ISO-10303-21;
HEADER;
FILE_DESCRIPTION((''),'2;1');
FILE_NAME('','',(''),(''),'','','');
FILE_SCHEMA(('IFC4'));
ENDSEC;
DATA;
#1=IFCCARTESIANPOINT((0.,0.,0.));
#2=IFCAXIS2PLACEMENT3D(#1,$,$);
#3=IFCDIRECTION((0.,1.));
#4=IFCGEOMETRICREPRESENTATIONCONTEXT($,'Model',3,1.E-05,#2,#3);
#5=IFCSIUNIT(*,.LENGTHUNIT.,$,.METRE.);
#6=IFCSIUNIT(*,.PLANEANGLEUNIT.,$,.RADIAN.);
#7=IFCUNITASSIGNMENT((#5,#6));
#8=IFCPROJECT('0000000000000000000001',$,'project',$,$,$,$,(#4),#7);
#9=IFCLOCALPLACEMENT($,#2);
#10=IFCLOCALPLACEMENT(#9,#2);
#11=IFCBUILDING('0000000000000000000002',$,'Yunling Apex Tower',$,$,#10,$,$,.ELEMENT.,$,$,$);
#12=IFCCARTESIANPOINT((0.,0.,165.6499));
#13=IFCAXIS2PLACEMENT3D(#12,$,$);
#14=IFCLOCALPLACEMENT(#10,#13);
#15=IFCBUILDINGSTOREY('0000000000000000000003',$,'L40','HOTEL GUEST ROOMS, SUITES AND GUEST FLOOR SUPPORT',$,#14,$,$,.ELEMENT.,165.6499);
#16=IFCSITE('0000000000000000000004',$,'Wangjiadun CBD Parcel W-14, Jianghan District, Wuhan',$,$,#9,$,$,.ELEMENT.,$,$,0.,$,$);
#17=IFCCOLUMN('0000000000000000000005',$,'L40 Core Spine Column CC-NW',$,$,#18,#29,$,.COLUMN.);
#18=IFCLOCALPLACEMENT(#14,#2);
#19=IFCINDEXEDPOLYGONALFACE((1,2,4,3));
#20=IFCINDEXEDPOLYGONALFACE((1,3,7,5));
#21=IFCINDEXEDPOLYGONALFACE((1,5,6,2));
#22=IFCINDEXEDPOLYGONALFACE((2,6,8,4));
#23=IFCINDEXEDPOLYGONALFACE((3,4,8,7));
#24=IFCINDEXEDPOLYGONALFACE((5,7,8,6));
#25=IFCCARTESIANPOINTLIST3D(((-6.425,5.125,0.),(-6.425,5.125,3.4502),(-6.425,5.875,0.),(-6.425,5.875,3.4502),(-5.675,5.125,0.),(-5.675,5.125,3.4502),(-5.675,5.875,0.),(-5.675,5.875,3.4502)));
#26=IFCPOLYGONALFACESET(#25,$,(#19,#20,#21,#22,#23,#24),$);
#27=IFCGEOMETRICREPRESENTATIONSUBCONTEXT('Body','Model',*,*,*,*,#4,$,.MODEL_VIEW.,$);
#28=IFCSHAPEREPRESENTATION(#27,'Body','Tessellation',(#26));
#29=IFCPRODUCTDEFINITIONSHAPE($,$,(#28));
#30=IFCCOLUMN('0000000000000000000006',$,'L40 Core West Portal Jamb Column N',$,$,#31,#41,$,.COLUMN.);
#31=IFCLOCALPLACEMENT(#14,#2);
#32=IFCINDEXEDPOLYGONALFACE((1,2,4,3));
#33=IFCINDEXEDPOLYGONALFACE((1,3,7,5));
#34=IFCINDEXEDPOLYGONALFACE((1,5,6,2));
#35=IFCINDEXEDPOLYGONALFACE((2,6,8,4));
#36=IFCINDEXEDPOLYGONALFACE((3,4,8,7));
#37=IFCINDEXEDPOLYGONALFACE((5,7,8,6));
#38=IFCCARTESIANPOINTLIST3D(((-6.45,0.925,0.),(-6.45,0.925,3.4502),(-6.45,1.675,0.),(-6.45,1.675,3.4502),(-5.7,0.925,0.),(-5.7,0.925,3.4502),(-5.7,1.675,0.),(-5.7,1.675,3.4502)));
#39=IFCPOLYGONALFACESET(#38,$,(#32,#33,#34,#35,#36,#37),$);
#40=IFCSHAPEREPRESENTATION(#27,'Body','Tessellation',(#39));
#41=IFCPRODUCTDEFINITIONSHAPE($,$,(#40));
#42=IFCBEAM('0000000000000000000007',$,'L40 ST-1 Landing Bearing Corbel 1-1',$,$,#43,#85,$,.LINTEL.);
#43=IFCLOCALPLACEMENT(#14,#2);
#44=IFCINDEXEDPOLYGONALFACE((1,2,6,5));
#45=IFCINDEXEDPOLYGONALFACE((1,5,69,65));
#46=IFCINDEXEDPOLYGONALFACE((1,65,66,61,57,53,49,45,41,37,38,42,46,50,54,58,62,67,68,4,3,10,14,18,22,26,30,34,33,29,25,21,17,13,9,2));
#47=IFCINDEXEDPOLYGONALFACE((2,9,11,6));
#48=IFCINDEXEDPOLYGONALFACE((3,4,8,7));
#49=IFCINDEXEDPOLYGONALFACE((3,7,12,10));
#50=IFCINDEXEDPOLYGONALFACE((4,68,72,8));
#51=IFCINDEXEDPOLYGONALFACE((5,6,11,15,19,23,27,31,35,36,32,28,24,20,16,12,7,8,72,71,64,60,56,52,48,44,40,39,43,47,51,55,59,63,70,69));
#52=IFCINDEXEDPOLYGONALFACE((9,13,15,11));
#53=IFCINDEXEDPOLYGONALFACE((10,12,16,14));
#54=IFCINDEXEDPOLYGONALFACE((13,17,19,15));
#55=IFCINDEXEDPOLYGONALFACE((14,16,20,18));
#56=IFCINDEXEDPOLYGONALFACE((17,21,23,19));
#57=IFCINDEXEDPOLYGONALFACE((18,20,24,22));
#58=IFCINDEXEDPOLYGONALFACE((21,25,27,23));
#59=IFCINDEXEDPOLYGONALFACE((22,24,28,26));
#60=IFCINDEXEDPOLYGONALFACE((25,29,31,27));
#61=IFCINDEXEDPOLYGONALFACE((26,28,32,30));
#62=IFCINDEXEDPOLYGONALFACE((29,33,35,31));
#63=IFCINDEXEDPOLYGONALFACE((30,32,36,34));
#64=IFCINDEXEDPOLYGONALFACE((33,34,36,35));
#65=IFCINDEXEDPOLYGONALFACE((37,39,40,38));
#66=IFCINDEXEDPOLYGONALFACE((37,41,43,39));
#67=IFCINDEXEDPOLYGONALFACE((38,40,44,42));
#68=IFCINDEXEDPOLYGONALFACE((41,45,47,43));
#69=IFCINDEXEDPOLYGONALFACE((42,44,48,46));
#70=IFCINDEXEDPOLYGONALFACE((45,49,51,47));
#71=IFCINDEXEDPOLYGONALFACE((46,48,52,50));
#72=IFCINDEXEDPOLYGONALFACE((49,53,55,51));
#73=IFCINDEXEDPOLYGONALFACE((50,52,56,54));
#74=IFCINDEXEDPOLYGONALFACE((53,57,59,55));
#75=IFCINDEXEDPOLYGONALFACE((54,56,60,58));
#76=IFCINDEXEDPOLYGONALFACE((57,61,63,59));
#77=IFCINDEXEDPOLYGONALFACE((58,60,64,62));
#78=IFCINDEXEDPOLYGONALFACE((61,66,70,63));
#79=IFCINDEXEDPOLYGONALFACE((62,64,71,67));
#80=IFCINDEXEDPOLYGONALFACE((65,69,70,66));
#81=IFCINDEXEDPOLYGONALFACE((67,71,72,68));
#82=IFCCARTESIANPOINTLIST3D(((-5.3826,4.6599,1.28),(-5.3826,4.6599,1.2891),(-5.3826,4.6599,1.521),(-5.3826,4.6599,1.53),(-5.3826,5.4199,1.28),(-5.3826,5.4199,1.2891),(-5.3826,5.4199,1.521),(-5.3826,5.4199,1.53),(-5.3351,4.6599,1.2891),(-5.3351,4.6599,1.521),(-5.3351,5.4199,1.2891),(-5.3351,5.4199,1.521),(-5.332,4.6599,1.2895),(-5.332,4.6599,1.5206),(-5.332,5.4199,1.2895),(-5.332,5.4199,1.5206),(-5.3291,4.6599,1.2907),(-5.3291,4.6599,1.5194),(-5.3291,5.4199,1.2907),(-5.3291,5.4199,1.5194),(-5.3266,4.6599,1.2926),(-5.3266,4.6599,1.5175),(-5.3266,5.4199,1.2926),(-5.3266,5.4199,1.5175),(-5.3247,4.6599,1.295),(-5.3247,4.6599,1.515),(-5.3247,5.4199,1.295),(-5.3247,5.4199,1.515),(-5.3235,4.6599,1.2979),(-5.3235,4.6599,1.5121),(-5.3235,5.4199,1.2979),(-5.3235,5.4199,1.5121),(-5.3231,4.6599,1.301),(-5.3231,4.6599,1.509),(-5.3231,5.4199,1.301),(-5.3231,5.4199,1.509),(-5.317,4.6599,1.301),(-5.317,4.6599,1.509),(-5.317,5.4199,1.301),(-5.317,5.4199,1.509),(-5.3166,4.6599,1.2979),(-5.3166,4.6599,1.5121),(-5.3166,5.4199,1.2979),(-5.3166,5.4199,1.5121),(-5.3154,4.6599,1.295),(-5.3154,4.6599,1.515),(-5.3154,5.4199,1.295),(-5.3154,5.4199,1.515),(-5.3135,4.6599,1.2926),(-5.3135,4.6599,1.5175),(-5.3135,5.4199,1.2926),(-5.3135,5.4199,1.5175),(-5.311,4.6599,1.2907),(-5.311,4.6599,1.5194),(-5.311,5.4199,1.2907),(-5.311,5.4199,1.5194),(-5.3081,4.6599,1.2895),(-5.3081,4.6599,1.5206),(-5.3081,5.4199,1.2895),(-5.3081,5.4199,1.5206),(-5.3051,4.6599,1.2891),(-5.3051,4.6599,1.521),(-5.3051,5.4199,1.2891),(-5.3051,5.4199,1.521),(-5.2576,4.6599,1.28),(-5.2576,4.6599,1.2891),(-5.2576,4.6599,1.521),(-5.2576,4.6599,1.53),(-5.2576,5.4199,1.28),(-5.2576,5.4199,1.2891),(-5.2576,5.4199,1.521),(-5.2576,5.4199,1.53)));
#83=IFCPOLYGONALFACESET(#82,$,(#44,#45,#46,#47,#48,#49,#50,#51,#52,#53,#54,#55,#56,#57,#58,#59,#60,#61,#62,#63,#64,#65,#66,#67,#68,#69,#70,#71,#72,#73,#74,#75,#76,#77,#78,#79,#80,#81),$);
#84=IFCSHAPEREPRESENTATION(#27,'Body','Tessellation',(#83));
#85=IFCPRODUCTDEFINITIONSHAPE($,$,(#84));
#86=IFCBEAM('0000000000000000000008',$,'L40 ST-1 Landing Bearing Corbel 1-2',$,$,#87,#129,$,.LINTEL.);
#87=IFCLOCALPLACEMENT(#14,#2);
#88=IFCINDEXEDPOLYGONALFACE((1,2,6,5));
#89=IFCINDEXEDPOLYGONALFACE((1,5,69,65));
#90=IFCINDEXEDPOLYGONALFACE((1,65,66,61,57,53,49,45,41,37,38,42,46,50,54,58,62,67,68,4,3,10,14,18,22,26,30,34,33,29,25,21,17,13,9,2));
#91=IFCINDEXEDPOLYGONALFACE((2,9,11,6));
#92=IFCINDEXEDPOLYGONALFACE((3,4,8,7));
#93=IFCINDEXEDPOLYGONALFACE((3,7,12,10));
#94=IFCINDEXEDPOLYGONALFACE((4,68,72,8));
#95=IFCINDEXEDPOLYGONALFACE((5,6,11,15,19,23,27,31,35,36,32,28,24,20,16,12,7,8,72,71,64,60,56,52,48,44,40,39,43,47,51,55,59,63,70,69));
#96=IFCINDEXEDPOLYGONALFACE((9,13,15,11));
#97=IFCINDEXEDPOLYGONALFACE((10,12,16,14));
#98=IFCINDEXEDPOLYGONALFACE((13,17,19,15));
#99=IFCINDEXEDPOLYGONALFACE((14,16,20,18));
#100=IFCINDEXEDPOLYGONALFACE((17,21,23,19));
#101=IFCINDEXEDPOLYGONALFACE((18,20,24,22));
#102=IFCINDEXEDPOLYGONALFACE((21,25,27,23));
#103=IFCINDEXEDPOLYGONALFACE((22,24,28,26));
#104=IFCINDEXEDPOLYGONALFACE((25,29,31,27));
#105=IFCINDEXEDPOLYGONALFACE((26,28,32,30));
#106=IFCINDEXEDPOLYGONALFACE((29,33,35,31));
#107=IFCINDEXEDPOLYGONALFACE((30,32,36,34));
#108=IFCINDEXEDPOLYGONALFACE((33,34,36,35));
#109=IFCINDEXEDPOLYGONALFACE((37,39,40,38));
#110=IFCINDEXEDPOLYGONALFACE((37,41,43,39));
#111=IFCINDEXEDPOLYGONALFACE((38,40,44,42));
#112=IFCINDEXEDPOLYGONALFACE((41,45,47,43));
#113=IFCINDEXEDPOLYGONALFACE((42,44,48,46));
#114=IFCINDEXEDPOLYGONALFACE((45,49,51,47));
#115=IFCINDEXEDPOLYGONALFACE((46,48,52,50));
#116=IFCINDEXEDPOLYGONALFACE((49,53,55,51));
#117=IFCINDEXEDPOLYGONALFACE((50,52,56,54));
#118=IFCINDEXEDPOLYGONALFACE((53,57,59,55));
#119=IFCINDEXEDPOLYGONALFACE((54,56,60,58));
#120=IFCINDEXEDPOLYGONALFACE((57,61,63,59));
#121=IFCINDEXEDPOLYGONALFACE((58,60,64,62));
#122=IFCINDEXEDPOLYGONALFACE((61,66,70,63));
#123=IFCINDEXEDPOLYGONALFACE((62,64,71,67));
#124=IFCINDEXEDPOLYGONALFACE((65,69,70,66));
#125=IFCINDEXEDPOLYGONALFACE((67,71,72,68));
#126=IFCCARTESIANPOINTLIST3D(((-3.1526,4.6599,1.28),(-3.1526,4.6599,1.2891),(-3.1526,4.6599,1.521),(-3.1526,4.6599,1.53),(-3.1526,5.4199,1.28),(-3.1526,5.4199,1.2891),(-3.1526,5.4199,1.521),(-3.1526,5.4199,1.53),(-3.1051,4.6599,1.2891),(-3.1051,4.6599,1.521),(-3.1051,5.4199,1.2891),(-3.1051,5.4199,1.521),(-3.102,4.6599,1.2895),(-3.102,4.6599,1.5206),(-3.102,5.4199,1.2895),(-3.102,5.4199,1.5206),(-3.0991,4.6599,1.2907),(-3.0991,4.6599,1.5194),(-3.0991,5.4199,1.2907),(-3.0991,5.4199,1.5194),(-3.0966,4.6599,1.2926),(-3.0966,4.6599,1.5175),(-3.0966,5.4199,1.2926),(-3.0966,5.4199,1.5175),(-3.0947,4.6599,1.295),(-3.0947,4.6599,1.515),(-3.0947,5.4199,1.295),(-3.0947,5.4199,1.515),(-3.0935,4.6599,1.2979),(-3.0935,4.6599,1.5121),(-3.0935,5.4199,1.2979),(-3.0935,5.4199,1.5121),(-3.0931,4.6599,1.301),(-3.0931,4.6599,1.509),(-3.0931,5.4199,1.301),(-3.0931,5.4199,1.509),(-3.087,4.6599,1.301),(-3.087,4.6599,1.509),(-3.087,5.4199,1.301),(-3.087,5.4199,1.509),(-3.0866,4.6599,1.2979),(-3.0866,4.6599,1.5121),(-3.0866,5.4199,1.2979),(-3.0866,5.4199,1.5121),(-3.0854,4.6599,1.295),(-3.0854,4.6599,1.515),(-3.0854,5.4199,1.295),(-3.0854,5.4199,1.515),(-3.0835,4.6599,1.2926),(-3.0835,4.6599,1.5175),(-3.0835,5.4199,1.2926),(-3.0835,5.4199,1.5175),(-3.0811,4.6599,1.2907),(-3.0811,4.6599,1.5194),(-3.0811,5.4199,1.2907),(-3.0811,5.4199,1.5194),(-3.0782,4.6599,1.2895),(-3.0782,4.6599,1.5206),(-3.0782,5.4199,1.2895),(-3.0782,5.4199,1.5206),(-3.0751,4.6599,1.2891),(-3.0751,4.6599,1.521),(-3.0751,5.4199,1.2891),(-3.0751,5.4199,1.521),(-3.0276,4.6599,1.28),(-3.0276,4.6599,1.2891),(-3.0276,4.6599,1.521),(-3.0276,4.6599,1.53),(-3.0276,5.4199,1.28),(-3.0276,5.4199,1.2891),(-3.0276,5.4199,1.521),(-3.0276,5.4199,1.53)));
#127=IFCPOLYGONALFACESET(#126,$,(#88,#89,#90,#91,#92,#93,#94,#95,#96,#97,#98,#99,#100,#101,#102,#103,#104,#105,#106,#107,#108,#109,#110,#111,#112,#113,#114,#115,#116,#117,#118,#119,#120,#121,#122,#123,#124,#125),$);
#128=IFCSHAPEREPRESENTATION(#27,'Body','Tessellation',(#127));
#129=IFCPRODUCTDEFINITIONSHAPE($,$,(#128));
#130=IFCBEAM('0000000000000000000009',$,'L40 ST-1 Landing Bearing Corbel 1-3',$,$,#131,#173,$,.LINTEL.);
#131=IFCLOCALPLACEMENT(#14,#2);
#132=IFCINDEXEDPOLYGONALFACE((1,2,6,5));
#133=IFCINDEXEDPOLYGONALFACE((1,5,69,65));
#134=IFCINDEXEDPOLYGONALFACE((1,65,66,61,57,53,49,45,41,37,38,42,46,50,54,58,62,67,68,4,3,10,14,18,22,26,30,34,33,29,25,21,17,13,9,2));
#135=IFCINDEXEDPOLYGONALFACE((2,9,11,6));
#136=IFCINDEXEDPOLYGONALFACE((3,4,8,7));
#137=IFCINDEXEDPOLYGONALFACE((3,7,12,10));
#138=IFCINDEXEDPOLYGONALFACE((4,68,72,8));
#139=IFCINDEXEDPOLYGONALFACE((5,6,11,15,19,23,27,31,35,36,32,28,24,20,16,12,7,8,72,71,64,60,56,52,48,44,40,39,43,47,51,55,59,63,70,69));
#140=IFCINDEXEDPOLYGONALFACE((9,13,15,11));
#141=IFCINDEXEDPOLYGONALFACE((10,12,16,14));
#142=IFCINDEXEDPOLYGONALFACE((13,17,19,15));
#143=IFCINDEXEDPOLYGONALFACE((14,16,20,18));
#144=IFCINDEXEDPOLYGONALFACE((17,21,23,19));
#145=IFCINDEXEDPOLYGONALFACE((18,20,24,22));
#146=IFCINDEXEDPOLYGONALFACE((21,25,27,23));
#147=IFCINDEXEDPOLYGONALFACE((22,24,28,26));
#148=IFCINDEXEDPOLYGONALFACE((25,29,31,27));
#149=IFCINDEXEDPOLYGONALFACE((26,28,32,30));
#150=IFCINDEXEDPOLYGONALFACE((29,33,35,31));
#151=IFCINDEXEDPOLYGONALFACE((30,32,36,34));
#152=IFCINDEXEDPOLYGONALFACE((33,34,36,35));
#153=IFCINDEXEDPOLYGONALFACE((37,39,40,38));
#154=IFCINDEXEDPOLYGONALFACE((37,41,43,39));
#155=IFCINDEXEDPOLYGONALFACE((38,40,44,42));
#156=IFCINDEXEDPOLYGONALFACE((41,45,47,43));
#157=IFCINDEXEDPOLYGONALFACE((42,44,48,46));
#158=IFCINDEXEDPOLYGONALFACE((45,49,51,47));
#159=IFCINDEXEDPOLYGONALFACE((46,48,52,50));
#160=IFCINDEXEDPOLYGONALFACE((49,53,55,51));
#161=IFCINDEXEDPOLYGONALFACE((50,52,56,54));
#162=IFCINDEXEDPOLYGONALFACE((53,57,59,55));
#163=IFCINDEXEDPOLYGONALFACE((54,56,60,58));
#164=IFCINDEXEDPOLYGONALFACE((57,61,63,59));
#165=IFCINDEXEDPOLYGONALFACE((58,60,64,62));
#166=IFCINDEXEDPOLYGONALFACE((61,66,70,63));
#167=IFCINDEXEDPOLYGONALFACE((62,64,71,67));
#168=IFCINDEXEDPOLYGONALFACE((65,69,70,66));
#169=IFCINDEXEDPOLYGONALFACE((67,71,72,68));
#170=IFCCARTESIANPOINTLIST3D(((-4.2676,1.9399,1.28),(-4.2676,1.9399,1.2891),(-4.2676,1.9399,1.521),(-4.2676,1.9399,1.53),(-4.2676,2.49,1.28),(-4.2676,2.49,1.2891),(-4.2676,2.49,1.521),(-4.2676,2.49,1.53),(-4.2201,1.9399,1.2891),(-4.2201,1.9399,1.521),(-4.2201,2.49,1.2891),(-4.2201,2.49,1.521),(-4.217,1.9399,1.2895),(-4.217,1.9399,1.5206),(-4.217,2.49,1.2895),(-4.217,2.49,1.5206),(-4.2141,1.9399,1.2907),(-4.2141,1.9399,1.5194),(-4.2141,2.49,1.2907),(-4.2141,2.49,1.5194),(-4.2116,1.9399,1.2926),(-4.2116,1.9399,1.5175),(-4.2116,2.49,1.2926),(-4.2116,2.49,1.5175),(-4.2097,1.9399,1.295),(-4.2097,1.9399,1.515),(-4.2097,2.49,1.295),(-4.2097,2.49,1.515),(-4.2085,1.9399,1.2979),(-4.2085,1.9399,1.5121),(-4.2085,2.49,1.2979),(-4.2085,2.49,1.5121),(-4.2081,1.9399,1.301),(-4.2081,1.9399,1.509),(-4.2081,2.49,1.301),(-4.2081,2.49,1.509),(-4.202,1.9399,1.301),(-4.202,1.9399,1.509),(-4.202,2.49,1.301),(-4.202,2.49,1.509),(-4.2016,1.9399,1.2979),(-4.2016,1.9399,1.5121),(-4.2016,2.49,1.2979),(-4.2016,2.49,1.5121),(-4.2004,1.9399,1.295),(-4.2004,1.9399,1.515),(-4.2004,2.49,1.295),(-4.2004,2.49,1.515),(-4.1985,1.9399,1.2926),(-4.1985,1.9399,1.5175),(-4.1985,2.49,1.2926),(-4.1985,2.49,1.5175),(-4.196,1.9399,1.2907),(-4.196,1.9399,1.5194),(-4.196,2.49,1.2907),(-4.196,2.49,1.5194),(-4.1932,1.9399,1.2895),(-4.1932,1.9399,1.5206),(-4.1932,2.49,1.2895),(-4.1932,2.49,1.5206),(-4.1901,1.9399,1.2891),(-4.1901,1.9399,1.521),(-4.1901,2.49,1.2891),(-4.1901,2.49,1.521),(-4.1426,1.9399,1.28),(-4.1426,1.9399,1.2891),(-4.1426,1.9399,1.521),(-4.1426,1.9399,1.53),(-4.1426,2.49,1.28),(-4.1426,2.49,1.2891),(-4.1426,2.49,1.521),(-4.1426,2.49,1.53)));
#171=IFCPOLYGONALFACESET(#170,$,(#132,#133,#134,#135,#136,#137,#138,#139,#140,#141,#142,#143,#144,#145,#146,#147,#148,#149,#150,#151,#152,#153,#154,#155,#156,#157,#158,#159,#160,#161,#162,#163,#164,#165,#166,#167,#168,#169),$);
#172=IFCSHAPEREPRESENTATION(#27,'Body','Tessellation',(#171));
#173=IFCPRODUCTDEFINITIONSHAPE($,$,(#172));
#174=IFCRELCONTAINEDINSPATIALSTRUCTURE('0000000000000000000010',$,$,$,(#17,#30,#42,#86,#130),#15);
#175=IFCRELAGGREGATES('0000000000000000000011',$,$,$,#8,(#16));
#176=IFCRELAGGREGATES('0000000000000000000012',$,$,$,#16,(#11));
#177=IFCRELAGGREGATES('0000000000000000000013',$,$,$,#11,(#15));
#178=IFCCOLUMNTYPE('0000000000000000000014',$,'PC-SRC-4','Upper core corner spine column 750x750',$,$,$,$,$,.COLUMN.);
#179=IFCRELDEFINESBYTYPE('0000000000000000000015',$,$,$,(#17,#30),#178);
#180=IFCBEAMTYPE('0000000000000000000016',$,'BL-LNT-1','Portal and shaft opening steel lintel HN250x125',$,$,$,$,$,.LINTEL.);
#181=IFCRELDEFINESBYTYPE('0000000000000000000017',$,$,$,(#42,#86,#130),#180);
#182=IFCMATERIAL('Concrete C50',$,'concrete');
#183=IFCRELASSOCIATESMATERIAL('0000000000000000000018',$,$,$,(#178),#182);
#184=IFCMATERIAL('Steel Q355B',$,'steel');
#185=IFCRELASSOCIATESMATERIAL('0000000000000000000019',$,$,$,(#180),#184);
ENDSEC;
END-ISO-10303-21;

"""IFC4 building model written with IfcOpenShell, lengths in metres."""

from ifc_helpers import new_model, si_unit, direction, frame, origin, origin_2d, place, context, subcontext, project, spatial, rectangle, i_section, extrude, source, transform, mapped, material, material_profile, profile_set, type_object, element, save


model = new_model("IFC4")

# Units and contexts
model_context = context("Model", 3, precision=1e-05, world=origin(), true_north=direction((0.0, 1.0)))
body_context = subcontext(model_context, "Body", "Model", "MODEL_VIEW")
ifc_project = project(units=[si_unit("LENGTHUNIT", "METRE"), si_unit("PLANEANGLEUNIT", "RADIAN")], contexts=[model_context])

# Site, building, storey
site_placement = place(None, origin())
site = spatial("IfcSite", under=ifc_project, at=site_placement, Name="Wangjiadun CBD Parcel W-14, Jianghan District, Wuhan", CompositionType="ELEMENT", RefElevation=0.0)
building_placement = place(site_placement, origin())
building = spatial("IfcBuilding", under=site, at=building_placement, Name="Yunling Apex Tower", CompositionType="ELEMENT")
storey_placement = place(building_placement, frame((0.0, 0.0, 165.6499)))
storey = spatial("IfcBuildingStorey", under=building, at=storey_placement, Name="L40", Description="HOTEL GUEST ROOMS, SUITES AND GUEST FLOOR SUPPORT", CompositionType="ELEMENT", Elevation=165.6499)

# Columns
ifc_material_1 = material(Name="Concrete C50", Category="concrete")
ifc_material_profile_1 = material_profile(ifc_material_1, rectangle(XDim=0.75, YDim=0.75, at=origin_2d()))
ifc_profile_set_1 = profile_set([ifc_material_profile_1], Name="Concrete C50")
column_type = type_object("IfcColumnType", Name="PC-SRC-4", Description="Upper core corner spine column 750x750", PredefinedType="COLUMN", material=ifc_profile_set_1)
shared_shape_1 = source(origin(), body_context, "Body", "SweptSolid", [
    extrude(rectangle(XDim=0.75, YDim=0.75, at=origin_2d()), origin(), (0.0, 0.0, 1.0), 3.4502),
])
for number, where, z_axis, x_axis, name in (
    (1, (-6.05, 5.5, 0.0), (0.0, 0.0, 1.0), (1.0, 0.0, 0.0), "L40 Core Spine Column CC-NW"),
    (2, (-6.075, 1.3, 0.0), (0.0, 0.0, 1.0), (1.0, 0.0, 0.0), "L40 Core West Portal Jamb Column N"),
):
    element("IfcColumn", number, at=place(storey_placement, frame(where, z_axis=z_axis, x_axis=x_axis)), inside=storey, type_object=column_type, Name=name, PredefinedType="COLUMN", context=body_context, shape_type="MappedRepresentation", body=[
        mapped(shared_shape_1, transform((0.0, 0.0, 0.0), scale=1.0)),
    ])

# Beams
ifc_material_2 = material(Name="Steel Q355B", Category="steel")
ifc_material_profile_2 = material_profile(ifc_material_2, i_section(OverallWidth=0.125, OverallDepth=0.25, WebThickness=0.0061, FlangeThickness=0.009, FilletRadius=0.012, at=origin_2d()))
ifc_profile_set_2 = profile_set([ifc_material_profile_2], Name="Steel Q355B")
beam_type = type_object("IfcBeamType", Name="BL-LNT-1", Description="Portal and shaft opening steel lintel HN250x125", PredefinedType="LINTEL", material=ifc_profile_set_2)
shared_shape_2 = source(origin(), body_context, "Body", "SweptSolid", [
    extrude(i_section(OverallWidth=0.125, OverallDepth=0.25, WebThickness=0.0061, FlangeThickness=0.009, FilletRadius=0.012, at=origin_2d()), origin(), (0.0, 0.0, 1.0), 0.76),
])
for number, where, z_axis, x_axis, name in (
    (3, (-5.3201, 5.4199, 1.405), (0.0, -1.0, 0.0), (1.0, 0.0, 0.0), "L40 ST-1 Landing Bearing Corbel 1-1"),
    (4, (-3.0901, 5.4199, 1.405), (0.0, -1.0, 0.0), (1.0, 0.0, 0.0), "L40 ST-1 Landing Bearing Corbel 1-2"),
):
    element("IfcBeam", number, at=place(storey_placement, frame(where, z_axis=z_axis, x_axis=x_axis)), inside=storey, type_object=beam_type, Name=name, PredefinedType="LINTEL", context=body_context, shape_type="MappedRepresentation", body=[
        mapped(shared_shape_2, transform((0.0, 0.0, 0.0), scale=1.0)),
    ])
shared_shape_3 = source(origin(), body_context, "Body", "SweptSolid", [
    extrude(i_section(OverallWidth=0.125, OverallDepth=0.25, WebThickness=0.0061, FlangeThickness=0.009, FilletRadius=0.012, at=origin_2d()), origin(), (0.0, 0.0, 1.0), 0.55),
])
beam_placement = place(storey_placement, frame((-4.2051, 1.9399, 1.405), z_axis=(0.0, 1.0, 0.0), x_axis=(-1.0, 0.0, 0.0)))
element("IfcBeam", 5, at=beam_placement, inside=storey, type_object=beam_type, Name="L40 ST-1 Landing Bearing Corbel 1-3", PredefinedType="LINTEL", context=body_context, shape_type="MappedRepresentation", body=[
    mapped(shared_shape_3, transform((0.0, 0.0, 0.0), scale=1.0)),
])

save(model, "model.ifc")
